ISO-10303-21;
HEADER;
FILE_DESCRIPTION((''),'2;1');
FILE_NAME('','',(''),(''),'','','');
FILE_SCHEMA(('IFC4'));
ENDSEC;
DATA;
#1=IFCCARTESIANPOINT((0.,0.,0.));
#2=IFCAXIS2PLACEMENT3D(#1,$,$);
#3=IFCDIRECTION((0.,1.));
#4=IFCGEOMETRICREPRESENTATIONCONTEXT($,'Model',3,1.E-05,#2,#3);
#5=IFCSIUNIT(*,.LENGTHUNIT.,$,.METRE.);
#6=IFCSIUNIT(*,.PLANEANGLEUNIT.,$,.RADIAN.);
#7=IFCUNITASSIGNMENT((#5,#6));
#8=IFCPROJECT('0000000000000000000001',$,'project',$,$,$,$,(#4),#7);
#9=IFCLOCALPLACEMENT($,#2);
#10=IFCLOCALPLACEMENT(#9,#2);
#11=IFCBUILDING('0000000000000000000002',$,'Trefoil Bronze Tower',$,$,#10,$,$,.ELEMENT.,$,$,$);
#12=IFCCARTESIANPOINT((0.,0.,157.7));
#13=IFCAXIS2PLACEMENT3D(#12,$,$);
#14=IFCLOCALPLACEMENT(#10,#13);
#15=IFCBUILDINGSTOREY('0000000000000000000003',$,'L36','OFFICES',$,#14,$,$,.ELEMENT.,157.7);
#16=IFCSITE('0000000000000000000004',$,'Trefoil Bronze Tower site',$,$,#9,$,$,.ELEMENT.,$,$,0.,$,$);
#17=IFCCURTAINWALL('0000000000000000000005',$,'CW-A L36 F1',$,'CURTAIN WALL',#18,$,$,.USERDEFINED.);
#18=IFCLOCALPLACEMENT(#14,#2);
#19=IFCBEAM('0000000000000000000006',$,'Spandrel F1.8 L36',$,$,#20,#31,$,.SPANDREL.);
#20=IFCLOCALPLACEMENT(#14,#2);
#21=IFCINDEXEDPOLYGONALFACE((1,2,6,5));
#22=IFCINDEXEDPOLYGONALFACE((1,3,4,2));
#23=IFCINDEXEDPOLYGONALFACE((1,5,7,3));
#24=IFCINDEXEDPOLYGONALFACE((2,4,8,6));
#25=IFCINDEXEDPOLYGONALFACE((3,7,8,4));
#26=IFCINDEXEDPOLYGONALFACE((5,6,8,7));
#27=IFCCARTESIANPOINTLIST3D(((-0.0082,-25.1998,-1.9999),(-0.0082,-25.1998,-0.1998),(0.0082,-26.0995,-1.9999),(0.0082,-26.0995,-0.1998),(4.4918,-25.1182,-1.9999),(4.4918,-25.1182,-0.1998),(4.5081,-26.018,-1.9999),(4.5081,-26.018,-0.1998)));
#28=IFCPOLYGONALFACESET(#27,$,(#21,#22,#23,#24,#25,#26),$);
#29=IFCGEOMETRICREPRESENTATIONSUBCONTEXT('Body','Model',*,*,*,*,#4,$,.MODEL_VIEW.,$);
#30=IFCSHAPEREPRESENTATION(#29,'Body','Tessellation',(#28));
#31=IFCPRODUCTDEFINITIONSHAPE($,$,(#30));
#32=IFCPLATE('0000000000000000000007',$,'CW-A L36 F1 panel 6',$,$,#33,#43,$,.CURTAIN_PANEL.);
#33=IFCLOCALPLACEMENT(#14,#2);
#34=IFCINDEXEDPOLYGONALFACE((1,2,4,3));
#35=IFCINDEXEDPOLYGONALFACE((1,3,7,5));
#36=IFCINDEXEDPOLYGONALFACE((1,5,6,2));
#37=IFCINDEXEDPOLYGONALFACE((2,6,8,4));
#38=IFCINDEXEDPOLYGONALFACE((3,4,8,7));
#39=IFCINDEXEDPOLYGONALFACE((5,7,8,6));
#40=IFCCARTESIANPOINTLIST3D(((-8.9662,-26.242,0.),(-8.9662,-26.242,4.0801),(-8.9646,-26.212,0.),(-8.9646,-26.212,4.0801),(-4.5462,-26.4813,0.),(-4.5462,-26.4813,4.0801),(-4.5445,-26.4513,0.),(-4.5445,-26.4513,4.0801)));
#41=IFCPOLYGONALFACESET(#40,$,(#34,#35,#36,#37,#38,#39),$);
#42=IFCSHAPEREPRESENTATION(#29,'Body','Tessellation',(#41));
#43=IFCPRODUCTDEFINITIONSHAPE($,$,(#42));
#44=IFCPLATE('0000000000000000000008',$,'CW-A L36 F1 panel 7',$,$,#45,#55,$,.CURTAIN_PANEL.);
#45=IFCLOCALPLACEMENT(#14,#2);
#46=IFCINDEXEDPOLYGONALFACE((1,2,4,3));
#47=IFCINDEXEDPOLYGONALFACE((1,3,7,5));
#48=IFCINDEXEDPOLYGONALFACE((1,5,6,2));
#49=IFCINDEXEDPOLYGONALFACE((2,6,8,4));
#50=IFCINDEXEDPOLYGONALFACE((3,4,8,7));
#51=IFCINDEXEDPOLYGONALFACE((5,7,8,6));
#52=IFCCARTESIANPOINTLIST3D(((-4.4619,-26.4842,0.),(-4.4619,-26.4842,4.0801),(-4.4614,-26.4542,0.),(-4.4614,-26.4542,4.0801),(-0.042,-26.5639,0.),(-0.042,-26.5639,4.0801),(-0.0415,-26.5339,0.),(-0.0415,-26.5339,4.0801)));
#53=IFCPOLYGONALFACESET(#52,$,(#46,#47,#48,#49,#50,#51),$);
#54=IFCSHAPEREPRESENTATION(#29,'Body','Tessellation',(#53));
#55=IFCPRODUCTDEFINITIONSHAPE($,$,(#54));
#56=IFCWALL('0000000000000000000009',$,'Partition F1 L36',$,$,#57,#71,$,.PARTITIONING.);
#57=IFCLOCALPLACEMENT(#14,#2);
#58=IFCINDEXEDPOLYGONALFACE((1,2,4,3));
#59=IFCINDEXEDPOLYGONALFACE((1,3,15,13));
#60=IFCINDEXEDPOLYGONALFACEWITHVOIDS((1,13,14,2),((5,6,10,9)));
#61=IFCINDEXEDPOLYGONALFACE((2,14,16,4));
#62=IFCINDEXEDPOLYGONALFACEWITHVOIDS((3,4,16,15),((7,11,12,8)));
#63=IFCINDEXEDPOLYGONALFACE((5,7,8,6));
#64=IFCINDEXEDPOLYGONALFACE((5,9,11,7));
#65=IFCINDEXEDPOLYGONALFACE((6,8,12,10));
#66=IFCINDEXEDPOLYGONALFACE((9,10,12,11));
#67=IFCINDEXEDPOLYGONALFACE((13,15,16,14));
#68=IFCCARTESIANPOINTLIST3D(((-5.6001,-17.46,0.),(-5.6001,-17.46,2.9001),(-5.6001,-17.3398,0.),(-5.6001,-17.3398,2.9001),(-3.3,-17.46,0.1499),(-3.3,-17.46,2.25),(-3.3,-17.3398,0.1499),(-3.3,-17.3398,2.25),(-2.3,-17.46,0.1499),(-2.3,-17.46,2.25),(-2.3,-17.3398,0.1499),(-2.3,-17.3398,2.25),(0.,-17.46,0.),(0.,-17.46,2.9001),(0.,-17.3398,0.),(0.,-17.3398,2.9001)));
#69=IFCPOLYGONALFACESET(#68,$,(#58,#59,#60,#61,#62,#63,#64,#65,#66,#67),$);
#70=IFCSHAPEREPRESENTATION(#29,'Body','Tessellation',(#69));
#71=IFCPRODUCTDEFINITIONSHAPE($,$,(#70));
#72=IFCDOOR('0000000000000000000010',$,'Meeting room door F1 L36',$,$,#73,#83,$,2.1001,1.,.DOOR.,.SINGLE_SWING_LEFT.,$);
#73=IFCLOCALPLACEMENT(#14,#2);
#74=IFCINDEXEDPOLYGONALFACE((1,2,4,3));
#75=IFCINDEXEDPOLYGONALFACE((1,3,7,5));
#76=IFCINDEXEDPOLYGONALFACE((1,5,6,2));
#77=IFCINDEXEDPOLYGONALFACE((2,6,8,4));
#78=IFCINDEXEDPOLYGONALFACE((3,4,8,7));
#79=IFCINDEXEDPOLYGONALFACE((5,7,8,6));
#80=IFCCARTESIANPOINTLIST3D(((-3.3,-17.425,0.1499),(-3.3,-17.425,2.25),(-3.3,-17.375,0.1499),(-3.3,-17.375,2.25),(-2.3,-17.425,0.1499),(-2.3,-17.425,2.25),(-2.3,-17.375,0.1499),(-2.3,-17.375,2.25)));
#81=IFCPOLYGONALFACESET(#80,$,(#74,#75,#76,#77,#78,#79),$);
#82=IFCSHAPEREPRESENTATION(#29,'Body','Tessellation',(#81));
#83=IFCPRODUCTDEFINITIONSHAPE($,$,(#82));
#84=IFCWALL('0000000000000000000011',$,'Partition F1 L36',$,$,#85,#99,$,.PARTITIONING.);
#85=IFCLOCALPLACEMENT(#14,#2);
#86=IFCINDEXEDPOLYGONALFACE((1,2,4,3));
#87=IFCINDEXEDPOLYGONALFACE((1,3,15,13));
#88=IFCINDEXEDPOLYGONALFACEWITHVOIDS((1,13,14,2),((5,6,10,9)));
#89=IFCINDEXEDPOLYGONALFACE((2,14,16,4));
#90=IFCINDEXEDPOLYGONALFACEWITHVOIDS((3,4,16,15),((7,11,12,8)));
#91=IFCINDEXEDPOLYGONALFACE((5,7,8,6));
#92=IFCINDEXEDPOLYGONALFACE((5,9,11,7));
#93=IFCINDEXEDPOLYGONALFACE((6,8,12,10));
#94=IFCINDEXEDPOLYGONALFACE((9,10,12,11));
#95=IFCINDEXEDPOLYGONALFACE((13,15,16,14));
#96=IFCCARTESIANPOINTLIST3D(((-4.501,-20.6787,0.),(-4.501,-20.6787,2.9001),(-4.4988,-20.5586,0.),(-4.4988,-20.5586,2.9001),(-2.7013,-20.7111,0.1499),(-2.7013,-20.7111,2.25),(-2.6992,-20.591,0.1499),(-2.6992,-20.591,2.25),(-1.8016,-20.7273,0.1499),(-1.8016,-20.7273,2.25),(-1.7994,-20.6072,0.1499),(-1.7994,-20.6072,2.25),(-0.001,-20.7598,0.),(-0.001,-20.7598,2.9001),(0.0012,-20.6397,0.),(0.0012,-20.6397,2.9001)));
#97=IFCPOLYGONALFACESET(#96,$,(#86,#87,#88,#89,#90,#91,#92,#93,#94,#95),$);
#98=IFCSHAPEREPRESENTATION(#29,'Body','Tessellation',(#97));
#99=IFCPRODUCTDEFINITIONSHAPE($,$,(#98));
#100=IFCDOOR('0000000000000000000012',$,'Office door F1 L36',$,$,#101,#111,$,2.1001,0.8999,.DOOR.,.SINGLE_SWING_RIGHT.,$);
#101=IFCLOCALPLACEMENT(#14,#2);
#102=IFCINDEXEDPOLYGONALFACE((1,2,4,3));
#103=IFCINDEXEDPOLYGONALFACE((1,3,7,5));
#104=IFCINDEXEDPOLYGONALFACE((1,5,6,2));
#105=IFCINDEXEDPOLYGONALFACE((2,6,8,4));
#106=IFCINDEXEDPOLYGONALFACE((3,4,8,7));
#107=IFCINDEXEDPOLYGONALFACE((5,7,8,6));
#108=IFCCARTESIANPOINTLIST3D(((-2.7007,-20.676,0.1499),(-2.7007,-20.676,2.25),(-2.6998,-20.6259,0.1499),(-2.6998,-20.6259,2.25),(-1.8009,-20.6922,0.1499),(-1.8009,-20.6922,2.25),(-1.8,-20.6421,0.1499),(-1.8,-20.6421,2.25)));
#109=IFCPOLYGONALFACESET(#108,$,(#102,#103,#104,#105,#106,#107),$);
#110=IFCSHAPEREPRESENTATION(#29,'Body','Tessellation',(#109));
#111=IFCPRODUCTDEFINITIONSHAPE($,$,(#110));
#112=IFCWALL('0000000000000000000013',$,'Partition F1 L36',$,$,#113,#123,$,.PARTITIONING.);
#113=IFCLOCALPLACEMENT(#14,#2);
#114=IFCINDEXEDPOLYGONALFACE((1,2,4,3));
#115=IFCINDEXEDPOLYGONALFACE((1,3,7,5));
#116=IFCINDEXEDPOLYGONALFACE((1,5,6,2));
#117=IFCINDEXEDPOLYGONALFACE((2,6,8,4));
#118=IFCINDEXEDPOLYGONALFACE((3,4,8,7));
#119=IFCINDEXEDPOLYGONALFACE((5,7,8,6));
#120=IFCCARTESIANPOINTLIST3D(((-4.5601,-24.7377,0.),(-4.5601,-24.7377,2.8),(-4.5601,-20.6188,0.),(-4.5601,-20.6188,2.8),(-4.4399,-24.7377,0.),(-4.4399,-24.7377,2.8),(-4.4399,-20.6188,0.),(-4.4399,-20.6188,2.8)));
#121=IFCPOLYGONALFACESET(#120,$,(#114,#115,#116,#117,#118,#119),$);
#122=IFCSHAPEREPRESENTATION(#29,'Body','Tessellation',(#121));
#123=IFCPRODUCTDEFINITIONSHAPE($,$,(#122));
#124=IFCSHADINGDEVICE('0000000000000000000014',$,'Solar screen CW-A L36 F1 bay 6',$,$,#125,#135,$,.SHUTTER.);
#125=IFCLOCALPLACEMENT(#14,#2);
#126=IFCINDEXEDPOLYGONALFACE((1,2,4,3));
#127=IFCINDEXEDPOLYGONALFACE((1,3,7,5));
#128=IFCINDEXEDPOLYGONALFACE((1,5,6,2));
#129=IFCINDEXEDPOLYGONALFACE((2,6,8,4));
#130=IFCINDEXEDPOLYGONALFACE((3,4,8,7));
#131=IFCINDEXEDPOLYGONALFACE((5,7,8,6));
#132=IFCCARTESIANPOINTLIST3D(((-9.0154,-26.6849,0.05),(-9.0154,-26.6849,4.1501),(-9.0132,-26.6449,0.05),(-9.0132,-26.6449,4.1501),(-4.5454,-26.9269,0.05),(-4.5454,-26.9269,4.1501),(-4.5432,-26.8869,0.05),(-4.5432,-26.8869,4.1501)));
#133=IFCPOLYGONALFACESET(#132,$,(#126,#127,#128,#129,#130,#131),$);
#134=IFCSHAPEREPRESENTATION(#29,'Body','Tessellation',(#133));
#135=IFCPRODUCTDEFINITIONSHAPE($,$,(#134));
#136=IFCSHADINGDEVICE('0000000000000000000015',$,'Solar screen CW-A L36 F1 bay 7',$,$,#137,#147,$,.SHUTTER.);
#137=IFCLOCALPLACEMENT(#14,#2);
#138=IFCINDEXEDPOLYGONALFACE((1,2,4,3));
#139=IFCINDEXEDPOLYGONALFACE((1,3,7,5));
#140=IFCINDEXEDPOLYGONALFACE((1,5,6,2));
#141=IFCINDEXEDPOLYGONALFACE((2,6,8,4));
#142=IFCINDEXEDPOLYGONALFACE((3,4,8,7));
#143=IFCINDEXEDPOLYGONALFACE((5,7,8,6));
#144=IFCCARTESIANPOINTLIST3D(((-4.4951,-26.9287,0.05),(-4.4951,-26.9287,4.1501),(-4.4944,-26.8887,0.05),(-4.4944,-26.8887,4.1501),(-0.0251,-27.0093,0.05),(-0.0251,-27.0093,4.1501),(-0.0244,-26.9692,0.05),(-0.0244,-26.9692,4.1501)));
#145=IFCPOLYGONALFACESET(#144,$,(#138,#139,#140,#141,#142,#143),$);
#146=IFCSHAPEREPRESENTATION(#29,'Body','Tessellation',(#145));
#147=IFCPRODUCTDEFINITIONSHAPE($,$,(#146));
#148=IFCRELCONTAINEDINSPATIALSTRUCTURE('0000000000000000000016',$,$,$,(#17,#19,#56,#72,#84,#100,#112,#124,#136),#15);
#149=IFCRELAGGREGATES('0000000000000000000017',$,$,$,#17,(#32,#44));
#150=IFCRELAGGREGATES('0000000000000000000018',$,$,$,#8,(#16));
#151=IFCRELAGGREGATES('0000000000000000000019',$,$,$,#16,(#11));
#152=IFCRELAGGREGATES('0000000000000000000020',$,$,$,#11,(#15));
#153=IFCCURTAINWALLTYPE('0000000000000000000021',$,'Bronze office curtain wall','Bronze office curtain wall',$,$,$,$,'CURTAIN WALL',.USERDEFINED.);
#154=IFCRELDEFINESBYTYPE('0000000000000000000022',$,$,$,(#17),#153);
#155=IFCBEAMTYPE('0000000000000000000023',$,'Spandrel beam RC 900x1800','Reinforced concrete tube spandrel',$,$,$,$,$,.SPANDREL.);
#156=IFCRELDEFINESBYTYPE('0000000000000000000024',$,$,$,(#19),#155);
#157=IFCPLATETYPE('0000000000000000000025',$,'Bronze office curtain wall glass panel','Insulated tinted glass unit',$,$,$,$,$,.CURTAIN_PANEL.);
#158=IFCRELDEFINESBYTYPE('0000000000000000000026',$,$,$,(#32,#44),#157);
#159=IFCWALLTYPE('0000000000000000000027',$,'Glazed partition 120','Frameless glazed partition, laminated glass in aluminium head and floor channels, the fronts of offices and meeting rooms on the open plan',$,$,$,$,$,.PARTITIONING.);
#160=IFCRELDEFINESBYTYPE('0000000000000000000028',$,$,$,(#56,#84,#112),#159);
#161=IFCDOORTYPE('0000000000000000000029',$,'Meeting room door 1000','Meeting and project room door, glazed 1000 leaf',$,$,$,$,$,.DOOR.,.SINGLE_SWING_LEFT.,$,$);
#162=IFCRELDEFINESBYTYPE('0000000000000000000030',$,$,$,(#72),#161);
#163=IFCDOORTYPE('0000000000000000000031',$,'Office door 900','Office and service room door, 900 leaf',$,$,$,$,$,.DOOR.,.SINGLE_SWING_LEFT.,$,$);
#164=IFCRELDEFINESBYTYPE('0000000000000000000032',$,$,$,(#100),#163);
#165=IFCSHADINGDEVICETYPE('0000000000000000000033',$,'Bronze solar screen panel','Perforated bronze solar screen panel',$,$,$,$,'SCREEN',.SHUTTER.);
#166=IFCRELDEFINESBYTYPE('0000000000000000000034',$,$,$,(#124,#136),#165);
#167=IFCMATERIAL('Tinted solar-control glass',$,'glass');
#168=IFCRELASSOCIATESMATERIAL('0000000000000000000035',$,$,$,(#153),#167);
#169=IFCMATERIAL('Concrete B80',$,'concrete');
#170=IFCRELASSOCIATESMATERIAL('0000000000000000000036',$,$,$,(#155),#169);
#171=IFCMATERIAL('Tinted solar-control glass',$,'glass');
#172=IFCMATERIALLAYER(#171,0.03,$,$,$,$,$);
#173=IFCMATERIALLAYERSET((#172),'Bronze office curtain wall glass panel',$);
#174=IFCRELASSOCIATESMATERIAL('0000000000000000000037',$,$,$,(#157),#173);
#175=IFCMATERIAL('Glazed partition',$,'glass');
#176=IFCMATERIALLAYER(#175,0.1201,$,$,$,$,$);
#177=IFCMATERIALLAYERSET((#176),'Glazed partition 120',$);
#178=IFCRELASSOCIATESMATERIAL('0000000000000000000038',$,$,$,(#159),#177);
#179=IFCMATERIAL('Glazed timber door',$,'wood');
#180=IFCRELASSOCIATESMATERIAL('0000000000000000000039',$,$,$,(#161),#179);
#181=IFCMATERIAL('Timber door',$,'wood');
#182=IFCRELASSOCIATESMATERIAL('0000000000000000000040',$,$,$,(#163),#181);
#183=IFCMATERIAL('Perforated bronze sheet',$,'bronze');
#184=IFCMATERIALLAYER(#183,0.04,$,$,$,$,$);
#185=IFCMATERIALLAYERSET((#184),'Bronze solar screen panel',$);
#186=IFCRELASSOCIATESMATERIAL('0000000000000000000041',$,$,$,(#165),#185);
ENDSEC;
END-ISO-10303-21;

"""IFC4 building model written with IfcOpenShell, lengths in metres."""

from ifc_helpers import new_model, si_unit, direction, frame, frame_2d, origin, origin_2d, place, context, subcontext, project, spatial, rectangle, extrude, material, layer, layer_set, material_profile, profile_set, type_object, element, fill, aggregate, save


model = new_model("IFC4")

# Units and contexts
model_context = context("Model", 3, precision=1e-05, world=origin(), true_north=direction((0.0, 1.0)))
body_context = subcontext(model_context, "Body", "Model", "MODEL_VIEW")
ifc_project = project(units=[si_unit("LENGTHUNIT", "METRE"), si_unit("PLANEANGLEUNIT", "RADIAN")], contexts=[model_context])

# Site, building, storey
site_placement = place(None, origin())
site = spatial("IfcSite", under=ifc_project, at=site_placement, Name="Trefoil Bronze Tower site", CompositionType="ELEMENT", RefElevation=0.0)
building_placement = place(site_placement, origin())
building = spatial("IfcBuilding", under=site, at=building_placement, Name="Trefoil Bronze Tower", CompositionType="ELEMENT")
storey_placement = place(building_placement, frame((0.0, 0.0, 157.7)))
storey = spatial("IfcBuildingStorey", under=building, at=storey_placement, Name="L36", Description="OFFICES", CompositionType="ELEMENT", Elevation=157.7)

# Curtain wall
ifc_material_1 = material(Name="Tinted solar-control glass", Category="glass")
curtain_wall_type = type_object("IfcCurtainWallType", Name="Bronze office curtain wall", Description="Bronze office curtain wall", ElementType="CURTAIN WALL", PredefinedType="USERDEFINED", material=ifc_material_1)
curtain_wall_placement = place(storey_placement, origin())
curtain_wall = element("IfcCurtainWall", 1, at=curtain_wall_placement, inside=storey, type_object=curtain_wall_type, Name="CW-A L36 F1", ObjectType="CURTAIN WALL", PredefinedType="USERDEFINED")

# Beam
ifc_material_2 = material(Name="Concrete B80", Category="concrete")
ifc_material_profile_1 = material_profile(ifc_material_2, rectangle(XDim=0.8999, YDim=1.8, at=origin_2d()), Name="RC 900x1800")
ifc_profile_set_1 = profile_set([ifc_material_profile_1], Name="Concrete B80")
beam_type_1 = type_object("IfcBeamType", Name="Spandrel beam RC 900x1800", Description="Reinforced concrete tube spandrel", PredefinedType="SPANDREL", material=ifc_profile_set_1)
for number, where, z_axis, x_axis, name in (
    (2, (0.0, -25.6497, -1.0999), (0.999836, 0.018118, 0.0), (-0.018118, 0.999836, 0.0), "Spandrel F1.8 L36"),
):
    element("IfcBeam", number, at=place(storey_placement, frame(where, z_axis=z_axis, x_axis=x_axis)), inside=storey, type_object=beam_type_1, Name=name, PredefinedType="SPANDREL", context=body_context, shape_type="SweptSolid", body=[
        extrude(rectangle(XDim=0.8999, YDim=1.8, at=origin_2d()), origin(), (0.0, 0.0, 1.0), 4.5007),
    ])

# Plates
ifc_material_3 = material(Name="Tinted solar-control glass", Category="glass")
ifc_layer_1 = layer(ifc_material_3, 0.03)
ifc_layer_set_1 = layer_set([ifc_layer_1], Name="Bronze office curtain wall glass panel")
plate_type = type_object("IfcPlateType", Name="Bronze office curtain wall glass panel", Description="Insulated tinted glass unit", PredefinedType="CURTAIN_PANEL", material=ifc_layer_set_1)
plate_1_placement = place(storey_placement, frame((-6.7554, -26.3467, 0.0), z_axis=(0.0, 0.0, 1.0), x_axis=(0.998538, -0.054063, 0.0)))
plate_1 = element("IfcPlate", 3, at=plate_1_placement, type_object=plate_type, Name="CW-A L36 F1 panel 6", PredefinedType="CURTAIN_PANEL", context=body_context, shape_type="SweptSolid", body=[
    extrude(rectangle(XDim=4.4265, YDim=0.03, at=origin_2d()), origin(), (0.0, 0.0, 1.0), 4.0801),
])
plate_2_placement = place(storey_placement, frame((-2.2517, -26.509, 0.0), z_axis=(0.0, 0.0, 1.0), x_axis=(0.999838, -0.018021, 0.0)))
plate_2 = element("IfcPlate", 4, at=plate_2_placement, type_object=plate_type, Name="CW-A L36 F1 panel 7", PredefinedType="CURTAIN_PANEL", context=body_context, shape_type="SweptSolid", body=[
    extrude(rectangle(XDim=4.4207, YDim=0.03, at=origin_2d()), origin(), (0.0, 0.0, 1.0), 4.0801),
])
aggregate(curtain_wall, [plate_1, plate_2])

# Walls, openings, doors
ifc_material_4 = material(Name="Glazed partition", Category="glass")
ifc_layer_2 = layer(ifc_material_4, 0.1201)
ifc_layer_set_2 = layer_set([ifc_layer_2], Name="Glazed partition 120")
wall_type = type_object("IfcWallType", Name="Glazed partition 120", Description="Frameless glazed partition, laminated glass in aluminium head and floor channels, the fronts of offices and meeting rooms on the open plan", PredefinedType="PARTITIONING", material=ifc_layer_set_2)
wall_1_placement = place(storey_placement, frame((-5.6001, -17.3999, 0.0), z_axis=(0.0, 0.0, 1.0), x_axis=(1.0, 0.0, 0.0)))
wall_1 = element("IfcWall", 5, at=wall_1_placement, inside=storey, type_object=wall_type, Name="Partition F1 L36", PredefinedType="PARTITIONING", context=body_context, shape_type="SweptSolid", body=[
    extrude(rectangle(XDim=5.6001, YDim=0.1201, at=frame_2d((2.8, 0.0))), origin(), (0.0, 0.0, 1.0), 2.9001),
])
opening_1_placement = place(wall_1_placement, frame((2.3, 0.0, 0.1499)))
opening_1 = element("IfcOpeningElement", 6, at=opening_1_placement, cuts=wall_1, PredefinedType="OPENING", context=body_context, shape_type="SweptSolid", body=[
    extrude(rectangle(XDim=1.0, YDim=2.1001, at=frame_2d((0.5, 1.05))), frame((0.0, 0.0701, 0.0), z_axis=(0.0, -1.0, 0.0), x_axis=(1.0, 0.0, 0.0)), (0.0, 0.0, 1.0), 0.1401),
])
ifc_material_5 = material(Name="Glazed timber door", Category="wood")
door_type_1 = type_object("IfcDoorType", Name="Meeting room door 1000", Description="Meeting and project room door, glazed 1000 leaf", OperationType="SINGLE_SWING_LEFT", PredefinedType="DOOR", material=ifc_material_5)
door_1_placement = place(opening_1_placement, origin())
door_1 = element("IfcDoor", 7, at=door_1_placement, inside=storey, type_object=door_type_1, Name="Meeting room door F1 L36", OperationType="SINGLE_SWING_LEFT", OverallHeight=2.1001, OverallWidth=1.0, PredefinedType="DOOR", context=body_context, shape_type="SweptSolid", body=[
    extrude(rectangle(XDim=1.0, YDim=2.1001, at=frame_2d((0.5, 1.05))), frame((0.0, 0.0249, 0.0), z_axis=(0.0, -1.0, 0.0), x_axis=(1.0, 0.0, 0.0)), (0.0, 0.0, 1.0), 0.05),
])
fill(opening_1, door_1)
wall_2_placement = place(storey_placement, frame((-4.5, -20.6187, 0.0), z_axis=(0.0, 0.0, 1.0), x_axis=(0.999838, -0.018009, 0.0)))
wall_2 = element("IfcWall", 8, at=wall_2_placement, inside=storey, type_object=wall_type, Name="Partition F1 L36", PredefinedType="PARTITIONING", context=body_context, shape_type="SweptSolid", body=[
    extrude(rectangle(XDim=4.5007, YDim=0.1201, at=frame_2d((2.2505, 0.0))), origin(), (0.0, 0.0, 1.0), 2.9001),
])
opening_2_placement = place(wall_2_placement, frame((1.8, 0.0, 0.1499)))
opening_2 = element("IfcOpeningElement", 9, at=opening_2_placement, cuts=wall_2, PredefinedType="OPENING", context=body_context, shape_type="SweptSolid", body=[
    extrude(rectangle(XDim=0.8999, YDim=2.1001, at=frame_2d((0.45, 1.05))), frame((0.0, 0.0701, 0.0), z_axis=(0.0, -1.0, 0.0), x_axis=(1.0, 0.0, 0.0)), (0.0, 0.0, 1.0), 0.1401),
])
ifc_material_6 = material(Name="Timber door", Category="wood")
door_type_2 = type_object("IfcDoorType", Name="Office door 900", Description="Office and service room door, 900 leaf", OperationType="SINGLE_SWING_LEFT", PredefinedType="DOOR", material=ifc_material_6)
door_2_placement = place(opening_2_placement, frame((0.8999, 0.0, 0.0), z_axis=(0.0, 0.0, 1.0), x_axis=(-1.0, 0.0, 0.0)))
door_2 = element("IfcDoor", 10, at=door_2_placement, inside=storey, type_object=door_type_2, Name="Office door F1 L36", OperationType="SINGLE_SWING_RIGHT", OverallHeight=2.1001, OverallWidth=0.8999, PredefinedType="DOOR", context=body_context, shape_type="SweptSolid", body=[
    extrude(rectangle(XDim=0.8999, YDim=2.1001, at=frame_2d((0.45, 1.05))), frame((0.0, 0.0249, 0.0), z_axis=(0.0, -1.0, 0.0), x_axis=(1.0, 0.0, 0.0)), (0.0, 0.0, 1.0), 0.05),
])
fill(opening_2, door_2)

# Wall
wall_3_placement = place(storey_placement, frame((-4.5, -20.6187, 0.0), z_axis=(0.0, 0.0, 1.0), x_axis=(0.0, -1.0, 0.0)))
element("IfcWall", 11, at=wall_3_placement, inside=storey, type_object=wall_type, Name="Partition F1 L36", PredefinedType="PARTITIONING", context=body_context, shape_type="SweptSolid", body=[
    extrude(rectangle(XDim=4.1189, YDim=0.1201, at=frame_2d((2.0596, 0.0))), origin(), (0.0, 0.0, 1.0), 2.8),
])

# Shading devices
ifc_material_7 = material(Name="Perforated bronze sheet", Category="bronze")
ifc_layer_3 = layer(ifc_material_7, 0.04)
ifc_layer_set_3 = layer_set([ifc_layer_3], Name="Bronze solar screen panel")
shading_device_type = type_object("IfcShadingDeviceType", Name="Bronze solar screen panel", Description="Perforated bronze solar screen panel", ElementType="SCREEN", PredefinedType="SHUTTER", material=ifc_layer_set_3)
shading_device_1_placement = place(storey_placement, frame((-6.7793, -26.7859, 0.05), z_axis=(0.0, 0.0, 1.0), x_axis=(0.998538, -0.054063, 0.0)))
element("IfcShadingDevice", 12, at=shading_device_1_placement, inside=storey, type_object=shading_device_type, Name="Solar screen CW-A L36 F1 bay 6", PredefinedType="SHUTTER", context=body_context, shape_type="SweptSolid", body=[
    extrude(rectangle(XDim=4.4766, YDim=0.04, at=origin_2d()), origin(), (0.0, 0.0, 1.0), 4.1001),
])
shading_device_2_placement = place(storey_placement, frame((-2.2598, -26.949, 0.05), z_axis=(0.0, 0.0, 1.0), x_axis=(0.999838, -0.018021, 0.0)))
element("IfcShadingDevice", 13, at=shading_device_2_placement, inside=storey, type_object=shading_device_type, Name="Solar screen CW-A L36 F1 bay 7", PredefinedType="SHUTTER", context=body_context, shape_type="SweptSolid", body=[
    extrude(rectangle(XDim=4.4707, YDim=0.04, at=origin_2d()), origin(), (0.0, 0.0, 1.0), 4.1001),
])

save(model, "model.ifc")
